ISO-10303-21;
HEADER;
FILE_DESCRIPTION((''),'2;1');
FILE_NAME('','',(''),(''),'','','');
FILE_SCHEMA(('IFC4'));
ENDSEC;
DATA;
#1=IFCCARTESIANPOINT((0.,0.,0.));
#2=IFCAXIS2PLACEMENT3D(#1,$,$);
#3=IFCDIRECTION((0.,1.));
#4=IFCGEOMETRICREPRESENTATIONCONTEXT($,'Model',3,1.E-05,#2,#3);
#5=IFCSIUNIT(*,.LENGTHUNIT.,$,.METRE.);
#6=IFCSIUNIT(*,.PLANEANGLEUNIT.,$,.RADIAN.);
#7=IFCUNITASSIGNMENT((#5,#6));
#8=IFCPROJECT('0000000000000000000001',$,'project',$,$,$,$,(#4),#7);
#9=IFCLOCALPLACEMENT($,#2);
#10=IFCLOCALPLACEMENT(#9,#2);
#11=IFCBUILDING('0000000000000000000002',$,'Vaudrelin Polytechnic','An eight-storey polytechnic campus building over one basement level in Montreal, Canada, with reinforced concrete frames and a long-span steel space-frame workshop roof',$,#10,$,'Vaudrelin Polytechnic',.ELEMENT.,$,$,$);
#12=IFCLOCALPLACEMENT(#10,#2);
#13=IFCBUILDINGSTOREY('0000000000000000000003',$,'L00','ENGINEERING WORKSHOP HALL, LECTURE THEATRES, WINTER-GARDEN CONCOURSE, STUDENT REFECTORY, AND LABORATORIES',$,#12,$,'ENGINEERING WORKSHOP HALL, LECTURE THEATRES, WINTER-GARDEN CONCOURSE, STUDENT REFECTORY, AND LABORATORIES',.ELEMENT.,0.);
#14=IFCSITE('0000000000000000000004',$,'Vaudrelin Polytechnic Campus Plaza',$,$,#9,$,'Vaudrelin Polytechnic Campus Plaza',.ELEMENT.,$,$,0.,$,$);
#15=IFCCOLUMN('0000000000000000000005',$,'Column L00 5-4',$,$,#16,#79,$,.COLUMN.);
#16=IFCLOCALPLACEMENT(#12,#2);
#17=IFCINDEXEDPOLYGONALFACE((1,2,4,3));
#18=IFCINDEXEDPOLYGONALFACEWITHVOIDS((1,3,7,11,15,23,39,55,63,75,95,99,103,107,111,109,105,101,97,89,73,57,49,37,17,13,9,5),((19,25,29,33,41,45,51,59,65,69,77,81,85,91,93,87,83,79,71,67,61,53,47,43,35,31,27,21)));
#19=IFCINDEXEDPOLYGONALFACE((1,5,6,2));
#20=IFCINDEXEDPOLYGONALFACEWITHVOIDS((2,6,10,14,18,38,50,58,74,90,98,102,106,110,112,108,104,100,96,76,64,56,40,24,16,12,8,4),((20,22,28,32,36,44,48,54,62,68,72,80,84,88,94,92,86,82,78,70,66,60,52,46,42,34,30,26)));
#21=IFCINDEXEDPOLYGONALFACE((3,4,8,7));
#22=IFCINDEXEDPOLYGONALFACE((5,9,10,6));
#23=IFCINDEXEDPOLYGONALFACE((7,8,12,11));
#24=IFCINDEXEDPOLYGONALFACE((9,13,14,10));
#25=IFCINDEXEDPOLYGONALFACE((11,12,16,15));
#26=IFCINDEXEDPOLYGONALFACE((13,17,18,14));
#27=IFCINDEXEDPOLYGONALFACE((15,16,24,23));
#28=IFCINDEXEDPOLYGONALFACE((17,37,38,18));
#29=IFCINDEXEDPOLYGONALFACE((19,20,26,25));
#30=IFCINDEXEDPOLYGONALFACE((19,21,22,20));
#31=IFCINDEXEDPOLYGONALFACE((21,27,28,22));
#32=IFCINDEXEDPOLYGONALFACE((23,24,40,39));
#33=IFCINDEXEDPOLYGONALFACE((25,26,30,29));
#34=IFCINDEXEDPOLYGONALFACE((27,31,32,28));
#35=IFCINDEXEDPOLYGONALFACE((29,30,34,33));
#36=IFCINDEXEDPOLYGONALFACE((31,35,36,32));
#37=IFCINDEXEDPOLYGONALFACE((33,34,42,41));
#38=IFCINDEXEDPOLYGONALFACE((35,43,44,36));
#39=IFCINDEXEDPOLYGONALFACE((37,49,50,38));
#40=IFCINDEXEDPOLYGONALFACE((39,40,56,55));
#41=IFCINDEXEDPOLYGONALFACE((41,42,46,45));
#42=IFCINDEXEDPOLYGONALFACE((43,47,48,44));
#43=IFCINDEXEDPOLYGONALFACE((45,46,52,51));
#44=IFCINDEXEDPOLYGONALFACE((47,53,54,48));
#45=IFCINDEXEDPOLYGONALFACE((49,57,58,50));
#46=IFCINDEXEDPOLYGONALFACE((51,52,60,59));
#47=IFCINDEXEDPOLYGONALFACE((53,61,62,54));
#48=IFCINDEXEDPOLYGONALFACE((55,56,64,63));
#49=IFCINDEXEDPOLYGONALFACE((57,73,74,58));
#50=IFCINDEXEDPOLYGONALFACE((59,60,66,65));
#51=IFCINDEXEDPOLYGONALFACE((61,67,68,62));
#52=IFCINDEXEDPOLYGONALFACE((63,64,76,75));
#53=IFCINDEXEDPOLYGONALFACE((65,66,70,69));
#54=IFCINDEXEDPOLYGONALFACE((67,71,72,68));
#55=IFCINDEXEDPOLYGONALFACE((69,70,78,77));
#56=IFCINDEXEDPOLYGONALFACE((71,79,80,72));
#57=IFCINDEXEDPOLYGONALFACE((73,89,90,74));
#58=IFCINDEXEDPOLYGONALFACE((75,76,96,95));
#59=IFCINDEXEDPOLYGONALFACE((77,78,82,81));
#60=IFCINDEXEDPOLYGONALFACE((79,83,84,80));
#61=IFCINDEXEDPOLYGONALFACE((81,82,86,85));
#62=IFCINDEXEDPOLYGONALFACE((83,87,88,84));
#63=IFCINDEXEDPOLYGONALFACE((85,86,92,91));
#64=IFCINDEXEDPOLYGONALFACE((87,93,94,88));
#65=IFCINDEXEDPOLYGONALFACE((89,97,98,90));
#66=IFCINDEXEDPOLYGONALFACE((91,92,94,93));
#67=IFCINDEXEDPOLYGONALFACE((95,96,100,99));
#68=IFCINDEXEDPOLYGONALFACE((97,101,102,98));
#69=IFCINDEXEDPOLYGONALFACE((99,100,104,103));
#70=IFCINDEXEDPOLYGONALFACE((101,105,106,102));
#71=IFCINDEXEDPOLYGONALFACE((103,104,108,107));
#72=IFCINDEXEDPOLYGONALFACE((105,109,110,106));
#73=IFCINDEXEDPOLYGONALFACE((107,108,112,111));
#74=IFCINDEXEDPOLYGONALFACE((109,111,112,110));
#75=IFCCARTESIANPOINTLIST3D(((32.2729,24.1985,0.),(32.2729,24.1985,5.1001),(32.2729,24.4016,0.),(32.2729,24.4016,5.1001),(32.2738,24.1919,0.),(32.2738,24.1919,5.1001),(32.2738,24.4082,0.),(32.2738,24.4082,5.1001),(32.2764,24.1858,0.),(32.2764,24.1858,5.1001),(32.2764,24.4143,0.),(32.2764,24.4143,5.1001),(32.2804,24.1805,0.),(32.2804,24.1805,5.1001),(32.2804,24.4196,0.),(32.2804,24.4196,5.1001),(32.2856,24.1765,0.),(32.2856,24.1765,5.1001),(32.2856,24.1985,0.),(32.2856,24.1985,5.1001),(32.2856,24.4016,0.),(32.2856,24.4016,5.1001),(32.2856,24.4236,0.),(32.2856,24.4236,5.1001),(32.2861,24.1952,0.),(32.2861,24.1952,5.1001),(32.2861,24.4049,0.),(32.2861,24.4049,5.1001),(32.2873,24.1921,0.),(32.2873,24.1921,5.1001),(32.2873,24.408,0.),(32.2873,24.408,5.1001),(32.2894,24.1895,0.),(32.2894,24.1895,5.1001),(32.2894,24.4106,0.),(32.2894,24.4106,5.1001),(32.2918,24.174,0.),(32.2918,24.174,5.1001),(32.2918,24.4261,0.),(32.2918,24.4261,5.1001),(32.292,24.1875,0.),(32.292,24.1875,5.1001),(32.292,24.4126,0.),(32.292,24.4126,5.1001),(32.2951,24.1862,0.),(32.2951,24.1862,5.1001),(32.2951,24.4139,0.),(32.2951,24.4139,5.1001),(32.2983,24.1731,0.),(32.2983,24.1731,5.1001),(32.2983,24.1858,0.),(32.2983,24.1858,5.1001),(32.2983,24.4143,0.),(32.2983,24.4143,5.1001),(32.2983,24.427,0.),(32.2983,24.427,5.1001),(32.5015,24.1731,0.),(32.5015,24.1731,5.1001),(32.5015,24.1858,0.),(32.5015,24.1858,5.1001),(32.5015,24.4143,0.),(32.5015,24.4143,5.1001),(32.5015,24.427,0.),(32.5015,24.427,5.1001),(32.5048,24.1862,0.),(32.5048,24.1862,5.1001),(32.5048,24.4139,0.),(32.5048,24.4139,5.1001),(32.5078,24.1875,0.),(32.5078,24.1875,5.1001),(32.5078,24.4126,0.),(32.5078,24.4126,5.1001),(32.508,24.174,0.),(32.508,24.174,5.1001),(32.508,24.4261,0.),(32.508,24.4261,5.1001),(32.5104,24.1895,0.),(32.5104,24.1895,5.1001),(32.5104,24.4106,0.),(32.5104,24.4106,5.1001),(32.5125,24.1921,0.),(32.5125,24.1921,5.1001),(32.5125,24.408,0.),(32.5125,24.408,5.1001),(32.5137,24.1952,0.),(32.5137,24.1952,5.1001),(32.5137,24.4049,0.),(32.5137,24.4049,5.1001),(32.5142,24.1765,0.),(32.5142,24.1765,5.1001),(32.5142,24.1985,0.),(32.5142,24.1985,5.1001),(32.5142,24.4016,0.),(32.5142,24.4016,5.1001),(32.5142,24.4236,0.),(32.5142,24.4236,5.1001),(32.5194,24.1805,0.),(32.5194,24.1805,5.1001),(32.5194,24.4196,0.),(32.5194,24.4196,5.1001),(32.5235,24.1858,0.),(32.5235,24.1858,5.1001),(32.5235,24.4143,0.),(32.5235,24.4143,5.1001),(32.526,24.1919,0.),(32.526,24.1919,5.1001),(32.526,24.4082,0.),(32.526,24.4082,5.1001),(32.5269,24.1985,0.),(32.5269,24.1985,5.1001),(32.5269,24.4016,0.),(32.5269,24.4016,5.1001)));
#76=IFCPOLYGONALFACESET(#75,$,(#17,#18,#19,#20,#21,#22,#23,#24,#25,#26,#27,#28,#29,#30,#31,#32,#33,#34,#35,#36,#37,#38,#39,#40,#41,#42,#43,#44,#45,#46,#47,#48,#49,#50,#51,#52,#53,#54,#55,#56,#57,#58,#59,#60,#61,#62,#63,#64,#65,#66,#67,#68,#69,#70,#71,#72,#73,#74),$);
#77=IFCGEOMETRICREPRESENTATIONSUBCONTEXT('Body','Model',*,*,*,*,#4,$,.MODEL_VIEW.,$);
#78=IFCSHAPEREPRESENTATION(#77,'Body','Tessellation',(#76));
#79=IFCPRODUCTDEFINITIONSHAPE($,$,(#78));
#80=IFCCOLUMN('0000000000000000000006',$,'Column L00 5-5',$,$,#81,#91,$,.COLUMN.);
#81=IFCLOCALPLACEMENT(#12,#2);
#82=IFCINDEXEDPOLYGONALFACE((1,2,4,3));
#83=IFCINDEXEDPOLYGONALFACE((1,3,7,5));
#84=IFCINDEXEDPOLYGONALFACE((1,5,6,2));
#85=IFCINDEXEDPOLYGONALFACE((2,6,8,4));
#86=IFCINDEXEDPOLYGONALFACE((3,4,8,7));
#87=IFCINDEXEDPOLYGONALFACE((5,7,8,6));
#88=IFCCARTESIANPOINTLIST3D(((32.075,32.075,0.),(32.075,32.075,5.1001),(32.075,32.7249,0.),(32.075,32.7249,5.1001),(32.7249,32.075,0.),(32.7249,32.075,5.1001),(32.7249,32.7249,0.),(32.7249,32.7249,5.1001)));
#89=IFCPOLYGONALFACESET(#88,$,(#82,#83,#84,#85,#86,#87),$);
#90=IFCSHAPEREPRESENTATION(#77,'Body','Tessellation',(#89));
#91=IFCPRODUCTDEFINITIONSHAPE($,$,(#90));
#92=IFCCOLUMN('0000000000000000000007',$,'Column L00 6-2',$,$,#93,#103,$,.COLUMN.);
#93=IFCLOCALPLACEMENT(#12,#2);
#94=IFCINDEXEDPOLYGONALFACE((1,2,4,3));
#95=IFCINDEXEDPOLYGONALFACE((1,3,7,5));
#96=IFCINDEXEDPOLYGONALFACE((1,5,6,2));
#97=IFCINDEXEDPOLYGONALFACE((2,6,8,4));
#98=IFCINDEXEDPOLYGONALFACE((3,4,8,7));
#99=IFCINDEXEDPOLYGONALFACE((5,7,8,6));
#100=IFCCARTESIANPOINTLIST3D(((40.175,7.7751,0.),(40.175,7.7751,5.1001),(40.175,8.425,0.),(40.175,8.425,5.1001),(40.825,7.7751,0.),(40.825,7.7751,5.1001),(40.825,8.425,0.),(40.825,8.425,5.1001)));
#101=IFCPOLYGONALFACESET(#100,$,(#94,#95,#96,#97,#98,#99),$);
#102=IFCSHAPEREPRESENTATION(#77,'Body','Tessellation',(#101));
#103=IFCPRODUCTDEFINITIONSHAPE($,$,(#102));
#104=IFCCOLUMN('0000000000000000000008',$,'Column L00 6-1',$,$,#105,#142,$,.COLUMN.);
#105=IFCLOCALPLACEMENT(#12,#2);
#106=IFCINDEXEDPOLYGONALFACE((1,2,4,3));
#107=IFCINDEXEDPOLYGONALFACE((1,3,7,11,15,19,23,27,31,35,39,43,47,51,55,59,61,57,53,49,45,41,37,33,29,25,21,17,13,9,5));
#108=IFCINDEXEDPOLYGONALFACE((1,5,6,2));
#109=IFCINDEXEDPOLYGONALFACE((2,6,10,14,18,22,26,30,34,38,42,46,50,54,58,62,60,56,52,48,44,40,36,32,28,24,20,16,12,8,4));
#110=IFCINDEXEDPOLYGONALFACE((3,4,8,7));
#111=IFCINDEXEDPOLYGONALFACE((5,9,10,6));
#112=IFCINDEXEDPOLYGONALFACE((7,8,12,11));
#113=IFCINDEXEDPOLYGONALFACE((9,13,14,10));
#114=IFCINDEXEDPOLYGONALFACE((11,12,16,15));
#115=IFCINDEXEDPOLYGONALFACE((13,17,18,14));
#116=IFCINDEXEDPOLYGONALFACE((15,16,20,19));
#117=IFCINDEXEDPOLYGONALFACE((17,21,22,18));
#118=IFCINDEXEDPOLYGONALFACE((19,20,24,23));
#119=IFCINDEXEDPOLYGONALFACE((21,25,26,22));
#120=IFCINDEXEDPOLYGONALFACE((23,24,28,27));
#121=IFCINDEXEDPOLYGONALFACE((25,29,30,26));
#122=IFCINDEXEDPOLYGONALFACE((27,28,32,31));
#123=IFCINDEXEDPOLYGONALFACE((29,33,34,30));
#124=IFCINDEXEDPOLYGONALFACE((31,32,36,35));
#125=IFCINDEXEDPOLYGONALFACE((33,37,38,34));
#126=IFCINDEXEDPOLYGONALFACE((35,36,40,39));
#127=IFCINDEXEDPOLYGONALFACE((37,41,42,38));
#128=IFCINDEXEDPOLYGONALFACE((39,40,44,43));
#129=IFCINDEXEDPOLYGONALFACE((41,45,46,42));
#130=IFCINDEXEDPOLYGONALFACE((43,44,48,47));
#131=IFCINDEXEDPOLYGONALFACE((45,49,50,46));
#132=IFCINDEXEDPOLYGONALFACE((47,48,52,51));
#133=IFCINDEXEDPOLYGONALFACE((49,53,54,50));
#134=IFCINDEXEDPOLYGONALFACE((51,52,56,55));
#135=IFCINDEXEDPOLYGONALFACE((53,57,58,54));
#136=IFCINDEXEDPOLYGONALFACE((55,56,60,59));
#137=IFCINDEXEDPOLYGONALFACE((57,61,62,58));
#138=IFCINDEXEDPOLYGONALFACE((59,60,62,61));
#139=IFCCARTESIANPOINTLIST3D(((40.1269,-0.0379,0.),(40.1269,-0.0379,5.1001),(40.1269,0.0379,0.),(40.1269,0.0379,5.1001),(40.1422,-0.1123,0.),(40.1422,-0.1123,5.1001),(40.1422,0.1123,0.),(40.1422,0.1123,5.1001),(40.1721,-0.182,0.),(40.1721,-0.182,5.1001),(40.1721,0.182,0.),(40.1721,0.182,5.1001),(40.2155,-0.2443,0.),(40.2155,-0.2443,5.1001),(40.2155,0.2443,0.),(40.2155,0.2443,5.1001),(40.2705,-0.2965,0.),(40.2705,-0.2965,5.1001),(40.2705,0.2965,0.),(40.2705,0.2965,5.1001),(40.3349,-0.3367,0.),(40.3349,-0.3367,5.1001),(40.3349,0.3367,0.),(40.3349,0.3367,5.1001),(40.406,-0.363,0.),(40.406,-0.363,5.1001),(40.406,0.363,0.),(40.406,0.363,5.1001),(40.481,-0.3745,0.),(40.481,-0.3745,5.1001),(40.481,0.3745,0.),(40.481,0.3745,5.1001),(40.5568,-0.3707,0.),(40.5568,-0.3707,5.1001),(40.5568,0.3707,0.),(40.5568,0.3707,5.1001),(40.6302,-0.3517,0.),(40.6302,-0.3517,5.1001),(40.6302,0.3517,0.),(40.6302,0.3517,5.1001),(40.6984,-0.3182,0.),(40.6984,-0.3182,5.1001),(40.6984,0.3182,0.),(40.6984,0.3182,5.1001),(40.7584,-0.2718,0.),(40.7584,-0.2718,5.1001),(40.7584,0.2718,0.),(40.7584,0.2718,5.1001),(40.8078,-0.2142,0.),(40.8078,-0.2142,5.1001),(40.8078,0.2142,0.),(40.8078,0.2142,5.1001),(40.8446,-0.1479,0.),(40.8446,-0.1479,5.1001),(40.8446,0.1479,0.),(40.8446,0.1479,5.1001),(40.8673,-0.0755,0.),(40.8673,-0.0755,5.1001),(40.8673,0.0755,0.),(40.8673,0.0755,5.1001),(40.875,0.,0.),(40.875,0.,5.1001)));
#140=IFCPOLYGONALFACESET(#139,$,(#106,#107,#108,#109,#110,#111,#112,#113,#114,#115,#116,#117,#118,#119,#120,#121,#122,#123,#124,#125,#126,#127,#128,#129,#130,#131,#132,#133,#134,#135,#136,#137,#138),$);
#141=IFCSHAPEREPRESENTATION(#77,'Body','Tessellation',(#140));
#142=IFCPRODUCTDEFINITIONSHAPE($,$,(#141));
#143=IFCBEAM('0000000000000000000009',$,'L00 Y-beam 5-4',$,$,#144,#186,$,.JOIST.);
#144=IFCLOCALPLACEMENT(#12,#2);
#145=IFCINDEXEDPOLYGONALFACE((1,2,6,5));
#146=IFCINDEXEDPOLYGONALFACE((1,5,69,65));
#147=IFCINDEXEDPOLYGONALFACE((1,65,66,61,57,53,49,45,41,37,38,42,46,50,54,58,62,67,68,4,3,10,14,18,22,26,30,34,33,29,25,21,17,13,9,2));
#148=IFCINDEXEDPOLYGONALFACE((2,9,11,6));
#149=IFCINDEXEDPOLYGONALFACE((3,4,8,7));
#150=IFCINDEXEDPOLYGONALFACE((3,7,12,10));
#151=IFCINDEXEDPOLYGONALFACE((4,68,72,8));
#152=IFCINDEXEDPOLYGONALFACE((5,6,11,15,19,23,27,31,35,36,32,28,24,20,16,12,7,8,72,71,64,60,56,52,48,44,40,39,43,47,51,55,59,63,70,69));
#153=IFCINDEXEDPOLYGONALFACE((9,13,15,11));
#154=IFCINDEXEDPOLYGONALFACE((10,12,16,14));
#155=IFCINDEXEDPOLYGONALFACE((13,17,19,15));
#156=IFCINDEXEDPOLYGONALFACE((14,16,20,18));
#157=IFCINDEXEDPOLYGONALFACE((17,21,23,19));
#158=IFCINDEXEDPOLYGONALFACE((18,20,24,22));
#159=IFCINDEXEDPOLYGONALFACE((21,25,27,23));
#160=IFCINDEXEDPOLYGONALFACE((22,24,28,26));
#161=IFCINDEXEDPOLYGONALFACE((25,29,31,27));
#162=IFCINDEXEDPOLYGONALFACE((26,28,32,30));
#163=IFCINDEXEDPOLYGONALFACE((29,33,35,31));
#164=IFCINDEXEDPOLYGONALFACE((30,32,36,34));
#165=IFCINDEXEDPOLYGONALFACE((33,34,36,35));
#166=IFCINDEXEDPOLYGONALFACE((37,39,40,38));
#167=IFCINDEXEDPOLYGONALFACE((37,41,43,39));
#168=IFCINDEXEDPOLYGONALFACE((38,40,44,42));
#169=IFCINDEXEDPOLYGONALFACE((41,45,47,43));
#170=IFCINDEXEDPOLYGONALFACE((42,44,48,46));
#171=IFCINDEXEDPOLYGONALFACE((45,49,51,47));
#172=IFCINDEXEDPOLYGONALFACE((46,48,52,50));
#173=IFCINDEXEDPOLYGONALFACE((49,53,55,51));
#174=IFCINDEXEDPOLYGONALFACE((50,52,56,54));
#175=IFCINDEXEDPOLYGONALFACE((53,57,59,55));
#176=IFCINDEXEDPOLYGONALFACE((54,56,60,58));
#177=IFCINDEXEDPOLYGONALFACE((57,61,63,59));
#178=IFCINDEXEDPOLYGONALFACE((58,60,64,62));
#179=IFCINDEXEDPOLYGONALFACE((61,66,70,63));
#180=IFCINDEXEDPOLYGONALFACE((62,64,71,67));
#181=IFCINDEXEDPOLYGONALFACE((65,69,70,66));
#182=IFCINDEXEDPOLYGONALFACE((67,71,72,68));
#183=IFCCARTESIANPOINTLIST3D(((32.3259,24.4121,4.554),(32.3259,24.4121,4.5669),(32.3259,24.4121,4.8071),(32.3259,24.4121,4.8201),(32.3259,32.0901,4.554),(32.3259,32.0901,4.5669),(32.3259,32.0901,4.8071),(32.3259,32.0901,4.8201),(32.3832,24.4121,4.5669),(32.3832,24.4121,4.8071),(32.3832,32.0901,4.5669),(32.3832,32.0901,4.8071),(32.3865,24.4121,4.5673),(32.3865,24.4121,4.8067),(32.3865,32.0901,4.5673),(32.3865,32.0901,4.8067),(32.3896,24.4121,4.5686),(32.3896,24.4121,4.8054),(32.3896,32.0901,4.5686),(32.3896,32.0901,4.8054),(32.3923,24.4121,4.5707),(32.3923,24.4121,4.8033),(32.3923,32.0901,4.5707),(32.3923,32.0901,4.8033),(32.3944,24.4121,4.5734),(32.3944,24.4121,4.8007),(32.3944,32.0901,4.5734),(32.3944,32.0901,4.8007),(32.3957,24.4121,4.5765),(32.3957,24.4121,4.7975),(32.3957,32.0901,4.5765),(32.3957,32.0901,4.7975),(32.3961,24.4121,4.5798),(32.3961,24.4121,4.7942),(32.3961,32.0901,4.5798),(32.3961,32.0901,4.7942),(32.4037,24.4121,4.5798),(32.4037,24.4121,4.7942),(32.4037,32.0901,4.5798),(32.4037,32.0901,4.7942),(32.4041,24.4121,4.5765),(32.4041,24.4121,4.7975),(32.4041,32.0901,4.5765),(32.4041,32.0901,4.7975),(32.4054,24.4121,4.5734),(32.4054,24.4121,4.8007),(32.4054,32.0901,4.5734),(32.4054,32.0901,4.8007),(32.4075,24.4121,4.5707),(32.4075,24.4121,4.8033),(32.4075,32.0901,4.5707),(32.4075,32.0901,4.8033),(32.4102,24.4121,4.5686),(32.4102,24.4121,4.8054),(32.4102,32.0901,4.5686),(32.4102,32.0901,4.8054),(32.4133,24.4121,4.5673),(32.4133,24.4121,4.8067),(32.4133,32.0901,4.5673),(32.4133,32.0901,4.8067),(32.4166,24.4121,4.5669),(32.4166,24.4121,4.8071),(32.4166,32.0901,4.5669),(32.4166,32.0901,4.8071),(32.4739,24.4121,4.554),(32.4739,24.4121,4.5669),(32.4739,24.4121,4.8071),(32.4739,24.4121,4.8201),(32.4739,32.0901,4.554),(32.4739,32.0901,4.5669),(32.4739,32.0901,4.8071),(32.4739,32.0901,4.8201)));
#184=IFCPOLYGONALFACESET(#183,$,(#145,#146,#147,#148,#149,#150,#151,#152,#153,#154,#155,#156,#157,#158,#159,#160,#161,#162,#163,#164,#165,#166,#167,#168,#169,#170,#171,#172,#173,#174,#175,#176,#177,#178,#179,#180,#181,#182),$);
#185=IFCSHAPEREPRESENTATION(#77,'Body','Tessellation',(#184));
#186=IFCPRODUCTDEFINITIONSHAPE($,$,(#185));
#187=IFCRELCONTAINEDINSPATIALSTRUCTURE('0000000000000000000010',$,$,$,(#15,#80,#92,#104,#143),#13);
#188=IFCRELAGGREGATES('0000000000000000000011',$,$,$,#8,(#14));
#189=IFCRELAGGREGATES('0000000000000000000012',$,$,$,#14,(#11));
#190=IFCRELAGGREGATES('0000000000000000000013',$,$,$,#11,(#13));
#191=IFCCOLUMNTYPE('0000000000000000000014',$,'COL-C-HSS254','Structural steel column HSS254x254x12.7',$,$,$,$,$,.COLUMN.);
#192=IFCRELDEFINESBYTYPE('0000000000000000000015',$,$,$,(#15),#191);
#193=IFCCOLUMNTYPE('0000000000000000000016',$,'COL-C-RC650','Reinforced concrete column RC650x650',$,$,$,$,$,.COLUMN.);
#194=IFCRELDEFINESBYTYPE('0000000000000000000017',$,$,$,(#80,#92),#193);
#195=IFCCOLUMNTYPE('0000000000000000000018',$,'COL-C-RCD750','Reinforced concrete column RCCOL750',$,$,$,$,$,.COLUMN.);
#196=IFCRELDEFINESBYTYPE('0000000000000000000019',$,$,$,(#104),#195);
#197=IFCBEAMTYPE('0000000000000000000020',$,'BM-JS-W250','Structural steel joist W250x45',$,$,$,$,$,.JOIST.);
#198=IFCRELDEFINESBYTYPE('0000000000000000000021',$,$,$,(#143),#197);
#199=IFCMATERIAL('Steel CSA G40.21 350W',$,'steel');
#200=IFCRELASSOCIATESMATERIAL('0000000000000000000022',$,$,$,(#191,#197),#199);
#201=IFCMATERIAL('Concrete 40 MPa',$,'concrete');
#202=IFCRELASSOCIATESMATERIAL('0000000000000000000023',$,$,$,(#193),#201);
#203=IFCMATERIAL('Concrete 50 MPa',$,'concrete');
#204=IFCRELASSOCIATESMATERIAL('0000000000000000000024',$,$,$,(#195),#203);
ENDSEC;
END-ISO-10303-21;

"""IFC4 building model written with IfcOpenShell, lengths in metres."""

from ifc_helpers import new_model, si_unit, direction, frame, origin, origin_2d, place, context, subcontext, project, spatial, rectangle, hollow_rectangle, circle, i_section, extrude, material, material_profile, profile_set, type_object, element, save


model = new_model("IFC4")

# Units and contexts
model_context = context("Model", 3, precision=1e-05, world=origin(), true_north=direction((0.0, 1.0)))
body_context = subcontext(model_context, "Body", "Model", "MODEL_VIEW")
ifc_project = project(units=[si_unit("LENGTHUNIT", "METRE"), si_unit("PLANEANGLEUNIT", "RADIAN")], contexts=[model_context])

# Site, building, storey
site_placement = place(None, origin())
site = spatial("IfcSite", under=ifc_project, at=site_placement, Name="Vaudrelin Polytechnic Campus Plaza", LongName="Vaudrelin Polytechnic Campus Plaza", CompositionType="ELEMENT", RefElevation=0.0)
building_placement = place(site_placement, origin())
building = spatial("IfcBuilding", under=site, at=building_placement, Name="Vaudrelin Polytechnic", Description="An eight-storey polytechnic campus building over one basement level in Montreal, Canada, with reinforced concrete frames and a long-span steel space-frame workshop roof", LongName="Vaudrelin Polytechnic", CompositionType="ELEMENT")
storey_placement = place(building_placement, origin())
storey = spatial("IfcBuildingStorey", under=building, at=storey_placement, Name="L00", Description="ENGINEERING WORKSHOP HALL, LECTURE THEATRES, WINTER-GARDEN CONCOURSE, STUDENT REFECTORY, AND LABORATORIES", LongName="ENGINEERING WORKSHOP HALL, LECTURE THEATRES, WINTER-GARDEN CONCOURSE, STUDENT REFECTORY, AND LABORATORIES", CompositionType="ELEMENT", Elevation=0.0)

# Columns
ifc_material_1 = material(Name="Steel CSA G40.21 350W", Category="steel")
ifc_material_profile_1 = material_profile(ifc_material_1, hollow_rectangle(XDim=0.2539, YDim=0.2539, WallThickness=0.0127, InnerFilletRadius=0.0127, OuterFilletRadius=0.0254, at=origin_2d()), Name="HSS254x254x12.7")
ifc_profile_set_1 = profile_set([ifc_material_profile_1], Name="Steel CSA G40.21 350W")
column_type_1 = type_object("IfcColumnType", Name="COL-C-HSS254", Description="Structural steel column HSS254x254x12.7", PredefinedType="COLUMN", material=ifc_profile_set_1)
column_1_placement = place(storey_placement, frame((32.3999, 24.3, 0.0), z_axis=(0.0, 0.0, 1.0), x_axis=(1.0, 0.0, 0.0)))
element("IfcColumn", 1, at=column_1_placement, inside=storey, type_object=column_type_1, Name="Column L00 5-4", PredefinedType="COLUMN", context=body_context, shape_type="SweptSolid", body=[
    extrude(hollow_rectangle(XDim=0.2539, YDim=0.2539, WallThickness=0.0127, InnerFilletRadius=0.0127, OuterFilletRadius=0.0254, at=origin_2d()), origin(), (0.0, 0.0, 1.0), 5.1001),
])
ifc_material_2 = material(Name="Concrete 40 MPa", Category="concrete")
ifc_material_profile_2 = material_profile(ifc_material_2, rectangle(XDim=0.6499, YDim=0.6499, at=origin_2d()), Name="RC650x650")
ifc_profile_set_2 = profile_set([ifc_material_profile_2], Name="Concrete 40 MPa")
column_type_2 = type_object("IfcColumnType", Name="COL-C-RC650", Description="Reinforced concrete column RC650x650", PredefinedType="COLUMN", material=ifc_profile_set_2)
for number, where, z_axis, x_axis, name in (
    (2, (32.3999, 32.3999, 0.0), (0.0, 0.0, 1.0), (1.0, 0.0, 0.0), "Column L00 5-5"),
    (3, (40.5, 8.1001, 0.0), (0.0, 0.0, 1.0), (1.0, 0.0, 0.0), "Column L00 6-2"),
):
    element("IfcColumn", number, at=place(storey_placement, frame(where, z_axis=z_axis, x_axis=x_axis)), inside=storey, type_object=column_type_2, Name=name, PredefinedType="COLUMN", context=body_context, shape_type="SweptSolid", body=[
        extrude(rectangle(XDim=0.6499, YDim=0.6499, at=origin_2d()), origin(), (0.0, 0.0, 1.0), 5.1001),
    ])
ifc_material_3 = material(Name="Concrete 50 MPa", Category="concrete")
ifc_material_profile_3 = material_profile(ifc_material_3, circle(Radius=0.375, at=origin_2d()), Name="RCCOL750")
ifc_profile_set_3 = profile_set([ifc_material_profile_3], Name="Concrete 50 MPa")
column_type_3 = type_object("IfcColumnType", Name="COL-C-RCD750", Description="Reinforced concrete column RCCOL750", PredefinedType="COLUMN", material=ifc_profile_set_3)
column_2_placement = place(storey_placement, frame((40.5, 0.0, 0.0), z_axis=(0.0, 0.0, 1.0), x_axis=(1.0, 0.0, 0.0)))
element("IfcColumn", 4, at=column_2_placement, inside=storey, type_object=column_type_3, Name="Column L00 6-1", PredefinedType="COLUMN", context=body_context, shape_type="SweptSolid", body=[
    extrude(circle(Radius=0.375, at=origin_2d()), origin(), (0.0, 0.0, 1.0), 5.1001),
])

# Beam
ifc_material_profile_4 = material_profile(ifc_material_1, i_section(OverallWidth=0.1479, OverallDepth=0.2661, WebThickness=0.0076, FlangeThickness=0.0129, FilletRadius=0.0129, at=origin_2d()), Name="W250x45")
ifc_profile_set_4 = profile_set([ifc_material_profile_4], Name="Steel CSA G40.21 350W")
beam_type_1 = type_object("IfcBeamType", Name="BM-JS-W250", Description="Structural steel joist W250x45", PredefinedType="JOIST", material=ifc_profile_set_4)
beam_1_placement = place(storey_placement, frame((32.3999, 24.4121, 4.687), z_axis=(0.0, 1.0, 0.0), x_axis=(-1.0, 0.0, 0.0)))
element("IfcBeam", 5, at=beam_1_placement, inside=storey, type_object=beam_type_1, Name="L00 Y-beam 5-4", PredefinedType="JOIST", context=body_context, shape_type="SweptSolid", body=[
    extrude(i_section(OverallWidth=0.1479, OverallDepth=0.2661, WebThickness=0.0076, FlangeThickness=0.0129, FilletRadius=0.0129, at=origin_2d()), origin(), (0.0, 0.0, 1.0), 7.678),
])

save(model, "model.ifc")
